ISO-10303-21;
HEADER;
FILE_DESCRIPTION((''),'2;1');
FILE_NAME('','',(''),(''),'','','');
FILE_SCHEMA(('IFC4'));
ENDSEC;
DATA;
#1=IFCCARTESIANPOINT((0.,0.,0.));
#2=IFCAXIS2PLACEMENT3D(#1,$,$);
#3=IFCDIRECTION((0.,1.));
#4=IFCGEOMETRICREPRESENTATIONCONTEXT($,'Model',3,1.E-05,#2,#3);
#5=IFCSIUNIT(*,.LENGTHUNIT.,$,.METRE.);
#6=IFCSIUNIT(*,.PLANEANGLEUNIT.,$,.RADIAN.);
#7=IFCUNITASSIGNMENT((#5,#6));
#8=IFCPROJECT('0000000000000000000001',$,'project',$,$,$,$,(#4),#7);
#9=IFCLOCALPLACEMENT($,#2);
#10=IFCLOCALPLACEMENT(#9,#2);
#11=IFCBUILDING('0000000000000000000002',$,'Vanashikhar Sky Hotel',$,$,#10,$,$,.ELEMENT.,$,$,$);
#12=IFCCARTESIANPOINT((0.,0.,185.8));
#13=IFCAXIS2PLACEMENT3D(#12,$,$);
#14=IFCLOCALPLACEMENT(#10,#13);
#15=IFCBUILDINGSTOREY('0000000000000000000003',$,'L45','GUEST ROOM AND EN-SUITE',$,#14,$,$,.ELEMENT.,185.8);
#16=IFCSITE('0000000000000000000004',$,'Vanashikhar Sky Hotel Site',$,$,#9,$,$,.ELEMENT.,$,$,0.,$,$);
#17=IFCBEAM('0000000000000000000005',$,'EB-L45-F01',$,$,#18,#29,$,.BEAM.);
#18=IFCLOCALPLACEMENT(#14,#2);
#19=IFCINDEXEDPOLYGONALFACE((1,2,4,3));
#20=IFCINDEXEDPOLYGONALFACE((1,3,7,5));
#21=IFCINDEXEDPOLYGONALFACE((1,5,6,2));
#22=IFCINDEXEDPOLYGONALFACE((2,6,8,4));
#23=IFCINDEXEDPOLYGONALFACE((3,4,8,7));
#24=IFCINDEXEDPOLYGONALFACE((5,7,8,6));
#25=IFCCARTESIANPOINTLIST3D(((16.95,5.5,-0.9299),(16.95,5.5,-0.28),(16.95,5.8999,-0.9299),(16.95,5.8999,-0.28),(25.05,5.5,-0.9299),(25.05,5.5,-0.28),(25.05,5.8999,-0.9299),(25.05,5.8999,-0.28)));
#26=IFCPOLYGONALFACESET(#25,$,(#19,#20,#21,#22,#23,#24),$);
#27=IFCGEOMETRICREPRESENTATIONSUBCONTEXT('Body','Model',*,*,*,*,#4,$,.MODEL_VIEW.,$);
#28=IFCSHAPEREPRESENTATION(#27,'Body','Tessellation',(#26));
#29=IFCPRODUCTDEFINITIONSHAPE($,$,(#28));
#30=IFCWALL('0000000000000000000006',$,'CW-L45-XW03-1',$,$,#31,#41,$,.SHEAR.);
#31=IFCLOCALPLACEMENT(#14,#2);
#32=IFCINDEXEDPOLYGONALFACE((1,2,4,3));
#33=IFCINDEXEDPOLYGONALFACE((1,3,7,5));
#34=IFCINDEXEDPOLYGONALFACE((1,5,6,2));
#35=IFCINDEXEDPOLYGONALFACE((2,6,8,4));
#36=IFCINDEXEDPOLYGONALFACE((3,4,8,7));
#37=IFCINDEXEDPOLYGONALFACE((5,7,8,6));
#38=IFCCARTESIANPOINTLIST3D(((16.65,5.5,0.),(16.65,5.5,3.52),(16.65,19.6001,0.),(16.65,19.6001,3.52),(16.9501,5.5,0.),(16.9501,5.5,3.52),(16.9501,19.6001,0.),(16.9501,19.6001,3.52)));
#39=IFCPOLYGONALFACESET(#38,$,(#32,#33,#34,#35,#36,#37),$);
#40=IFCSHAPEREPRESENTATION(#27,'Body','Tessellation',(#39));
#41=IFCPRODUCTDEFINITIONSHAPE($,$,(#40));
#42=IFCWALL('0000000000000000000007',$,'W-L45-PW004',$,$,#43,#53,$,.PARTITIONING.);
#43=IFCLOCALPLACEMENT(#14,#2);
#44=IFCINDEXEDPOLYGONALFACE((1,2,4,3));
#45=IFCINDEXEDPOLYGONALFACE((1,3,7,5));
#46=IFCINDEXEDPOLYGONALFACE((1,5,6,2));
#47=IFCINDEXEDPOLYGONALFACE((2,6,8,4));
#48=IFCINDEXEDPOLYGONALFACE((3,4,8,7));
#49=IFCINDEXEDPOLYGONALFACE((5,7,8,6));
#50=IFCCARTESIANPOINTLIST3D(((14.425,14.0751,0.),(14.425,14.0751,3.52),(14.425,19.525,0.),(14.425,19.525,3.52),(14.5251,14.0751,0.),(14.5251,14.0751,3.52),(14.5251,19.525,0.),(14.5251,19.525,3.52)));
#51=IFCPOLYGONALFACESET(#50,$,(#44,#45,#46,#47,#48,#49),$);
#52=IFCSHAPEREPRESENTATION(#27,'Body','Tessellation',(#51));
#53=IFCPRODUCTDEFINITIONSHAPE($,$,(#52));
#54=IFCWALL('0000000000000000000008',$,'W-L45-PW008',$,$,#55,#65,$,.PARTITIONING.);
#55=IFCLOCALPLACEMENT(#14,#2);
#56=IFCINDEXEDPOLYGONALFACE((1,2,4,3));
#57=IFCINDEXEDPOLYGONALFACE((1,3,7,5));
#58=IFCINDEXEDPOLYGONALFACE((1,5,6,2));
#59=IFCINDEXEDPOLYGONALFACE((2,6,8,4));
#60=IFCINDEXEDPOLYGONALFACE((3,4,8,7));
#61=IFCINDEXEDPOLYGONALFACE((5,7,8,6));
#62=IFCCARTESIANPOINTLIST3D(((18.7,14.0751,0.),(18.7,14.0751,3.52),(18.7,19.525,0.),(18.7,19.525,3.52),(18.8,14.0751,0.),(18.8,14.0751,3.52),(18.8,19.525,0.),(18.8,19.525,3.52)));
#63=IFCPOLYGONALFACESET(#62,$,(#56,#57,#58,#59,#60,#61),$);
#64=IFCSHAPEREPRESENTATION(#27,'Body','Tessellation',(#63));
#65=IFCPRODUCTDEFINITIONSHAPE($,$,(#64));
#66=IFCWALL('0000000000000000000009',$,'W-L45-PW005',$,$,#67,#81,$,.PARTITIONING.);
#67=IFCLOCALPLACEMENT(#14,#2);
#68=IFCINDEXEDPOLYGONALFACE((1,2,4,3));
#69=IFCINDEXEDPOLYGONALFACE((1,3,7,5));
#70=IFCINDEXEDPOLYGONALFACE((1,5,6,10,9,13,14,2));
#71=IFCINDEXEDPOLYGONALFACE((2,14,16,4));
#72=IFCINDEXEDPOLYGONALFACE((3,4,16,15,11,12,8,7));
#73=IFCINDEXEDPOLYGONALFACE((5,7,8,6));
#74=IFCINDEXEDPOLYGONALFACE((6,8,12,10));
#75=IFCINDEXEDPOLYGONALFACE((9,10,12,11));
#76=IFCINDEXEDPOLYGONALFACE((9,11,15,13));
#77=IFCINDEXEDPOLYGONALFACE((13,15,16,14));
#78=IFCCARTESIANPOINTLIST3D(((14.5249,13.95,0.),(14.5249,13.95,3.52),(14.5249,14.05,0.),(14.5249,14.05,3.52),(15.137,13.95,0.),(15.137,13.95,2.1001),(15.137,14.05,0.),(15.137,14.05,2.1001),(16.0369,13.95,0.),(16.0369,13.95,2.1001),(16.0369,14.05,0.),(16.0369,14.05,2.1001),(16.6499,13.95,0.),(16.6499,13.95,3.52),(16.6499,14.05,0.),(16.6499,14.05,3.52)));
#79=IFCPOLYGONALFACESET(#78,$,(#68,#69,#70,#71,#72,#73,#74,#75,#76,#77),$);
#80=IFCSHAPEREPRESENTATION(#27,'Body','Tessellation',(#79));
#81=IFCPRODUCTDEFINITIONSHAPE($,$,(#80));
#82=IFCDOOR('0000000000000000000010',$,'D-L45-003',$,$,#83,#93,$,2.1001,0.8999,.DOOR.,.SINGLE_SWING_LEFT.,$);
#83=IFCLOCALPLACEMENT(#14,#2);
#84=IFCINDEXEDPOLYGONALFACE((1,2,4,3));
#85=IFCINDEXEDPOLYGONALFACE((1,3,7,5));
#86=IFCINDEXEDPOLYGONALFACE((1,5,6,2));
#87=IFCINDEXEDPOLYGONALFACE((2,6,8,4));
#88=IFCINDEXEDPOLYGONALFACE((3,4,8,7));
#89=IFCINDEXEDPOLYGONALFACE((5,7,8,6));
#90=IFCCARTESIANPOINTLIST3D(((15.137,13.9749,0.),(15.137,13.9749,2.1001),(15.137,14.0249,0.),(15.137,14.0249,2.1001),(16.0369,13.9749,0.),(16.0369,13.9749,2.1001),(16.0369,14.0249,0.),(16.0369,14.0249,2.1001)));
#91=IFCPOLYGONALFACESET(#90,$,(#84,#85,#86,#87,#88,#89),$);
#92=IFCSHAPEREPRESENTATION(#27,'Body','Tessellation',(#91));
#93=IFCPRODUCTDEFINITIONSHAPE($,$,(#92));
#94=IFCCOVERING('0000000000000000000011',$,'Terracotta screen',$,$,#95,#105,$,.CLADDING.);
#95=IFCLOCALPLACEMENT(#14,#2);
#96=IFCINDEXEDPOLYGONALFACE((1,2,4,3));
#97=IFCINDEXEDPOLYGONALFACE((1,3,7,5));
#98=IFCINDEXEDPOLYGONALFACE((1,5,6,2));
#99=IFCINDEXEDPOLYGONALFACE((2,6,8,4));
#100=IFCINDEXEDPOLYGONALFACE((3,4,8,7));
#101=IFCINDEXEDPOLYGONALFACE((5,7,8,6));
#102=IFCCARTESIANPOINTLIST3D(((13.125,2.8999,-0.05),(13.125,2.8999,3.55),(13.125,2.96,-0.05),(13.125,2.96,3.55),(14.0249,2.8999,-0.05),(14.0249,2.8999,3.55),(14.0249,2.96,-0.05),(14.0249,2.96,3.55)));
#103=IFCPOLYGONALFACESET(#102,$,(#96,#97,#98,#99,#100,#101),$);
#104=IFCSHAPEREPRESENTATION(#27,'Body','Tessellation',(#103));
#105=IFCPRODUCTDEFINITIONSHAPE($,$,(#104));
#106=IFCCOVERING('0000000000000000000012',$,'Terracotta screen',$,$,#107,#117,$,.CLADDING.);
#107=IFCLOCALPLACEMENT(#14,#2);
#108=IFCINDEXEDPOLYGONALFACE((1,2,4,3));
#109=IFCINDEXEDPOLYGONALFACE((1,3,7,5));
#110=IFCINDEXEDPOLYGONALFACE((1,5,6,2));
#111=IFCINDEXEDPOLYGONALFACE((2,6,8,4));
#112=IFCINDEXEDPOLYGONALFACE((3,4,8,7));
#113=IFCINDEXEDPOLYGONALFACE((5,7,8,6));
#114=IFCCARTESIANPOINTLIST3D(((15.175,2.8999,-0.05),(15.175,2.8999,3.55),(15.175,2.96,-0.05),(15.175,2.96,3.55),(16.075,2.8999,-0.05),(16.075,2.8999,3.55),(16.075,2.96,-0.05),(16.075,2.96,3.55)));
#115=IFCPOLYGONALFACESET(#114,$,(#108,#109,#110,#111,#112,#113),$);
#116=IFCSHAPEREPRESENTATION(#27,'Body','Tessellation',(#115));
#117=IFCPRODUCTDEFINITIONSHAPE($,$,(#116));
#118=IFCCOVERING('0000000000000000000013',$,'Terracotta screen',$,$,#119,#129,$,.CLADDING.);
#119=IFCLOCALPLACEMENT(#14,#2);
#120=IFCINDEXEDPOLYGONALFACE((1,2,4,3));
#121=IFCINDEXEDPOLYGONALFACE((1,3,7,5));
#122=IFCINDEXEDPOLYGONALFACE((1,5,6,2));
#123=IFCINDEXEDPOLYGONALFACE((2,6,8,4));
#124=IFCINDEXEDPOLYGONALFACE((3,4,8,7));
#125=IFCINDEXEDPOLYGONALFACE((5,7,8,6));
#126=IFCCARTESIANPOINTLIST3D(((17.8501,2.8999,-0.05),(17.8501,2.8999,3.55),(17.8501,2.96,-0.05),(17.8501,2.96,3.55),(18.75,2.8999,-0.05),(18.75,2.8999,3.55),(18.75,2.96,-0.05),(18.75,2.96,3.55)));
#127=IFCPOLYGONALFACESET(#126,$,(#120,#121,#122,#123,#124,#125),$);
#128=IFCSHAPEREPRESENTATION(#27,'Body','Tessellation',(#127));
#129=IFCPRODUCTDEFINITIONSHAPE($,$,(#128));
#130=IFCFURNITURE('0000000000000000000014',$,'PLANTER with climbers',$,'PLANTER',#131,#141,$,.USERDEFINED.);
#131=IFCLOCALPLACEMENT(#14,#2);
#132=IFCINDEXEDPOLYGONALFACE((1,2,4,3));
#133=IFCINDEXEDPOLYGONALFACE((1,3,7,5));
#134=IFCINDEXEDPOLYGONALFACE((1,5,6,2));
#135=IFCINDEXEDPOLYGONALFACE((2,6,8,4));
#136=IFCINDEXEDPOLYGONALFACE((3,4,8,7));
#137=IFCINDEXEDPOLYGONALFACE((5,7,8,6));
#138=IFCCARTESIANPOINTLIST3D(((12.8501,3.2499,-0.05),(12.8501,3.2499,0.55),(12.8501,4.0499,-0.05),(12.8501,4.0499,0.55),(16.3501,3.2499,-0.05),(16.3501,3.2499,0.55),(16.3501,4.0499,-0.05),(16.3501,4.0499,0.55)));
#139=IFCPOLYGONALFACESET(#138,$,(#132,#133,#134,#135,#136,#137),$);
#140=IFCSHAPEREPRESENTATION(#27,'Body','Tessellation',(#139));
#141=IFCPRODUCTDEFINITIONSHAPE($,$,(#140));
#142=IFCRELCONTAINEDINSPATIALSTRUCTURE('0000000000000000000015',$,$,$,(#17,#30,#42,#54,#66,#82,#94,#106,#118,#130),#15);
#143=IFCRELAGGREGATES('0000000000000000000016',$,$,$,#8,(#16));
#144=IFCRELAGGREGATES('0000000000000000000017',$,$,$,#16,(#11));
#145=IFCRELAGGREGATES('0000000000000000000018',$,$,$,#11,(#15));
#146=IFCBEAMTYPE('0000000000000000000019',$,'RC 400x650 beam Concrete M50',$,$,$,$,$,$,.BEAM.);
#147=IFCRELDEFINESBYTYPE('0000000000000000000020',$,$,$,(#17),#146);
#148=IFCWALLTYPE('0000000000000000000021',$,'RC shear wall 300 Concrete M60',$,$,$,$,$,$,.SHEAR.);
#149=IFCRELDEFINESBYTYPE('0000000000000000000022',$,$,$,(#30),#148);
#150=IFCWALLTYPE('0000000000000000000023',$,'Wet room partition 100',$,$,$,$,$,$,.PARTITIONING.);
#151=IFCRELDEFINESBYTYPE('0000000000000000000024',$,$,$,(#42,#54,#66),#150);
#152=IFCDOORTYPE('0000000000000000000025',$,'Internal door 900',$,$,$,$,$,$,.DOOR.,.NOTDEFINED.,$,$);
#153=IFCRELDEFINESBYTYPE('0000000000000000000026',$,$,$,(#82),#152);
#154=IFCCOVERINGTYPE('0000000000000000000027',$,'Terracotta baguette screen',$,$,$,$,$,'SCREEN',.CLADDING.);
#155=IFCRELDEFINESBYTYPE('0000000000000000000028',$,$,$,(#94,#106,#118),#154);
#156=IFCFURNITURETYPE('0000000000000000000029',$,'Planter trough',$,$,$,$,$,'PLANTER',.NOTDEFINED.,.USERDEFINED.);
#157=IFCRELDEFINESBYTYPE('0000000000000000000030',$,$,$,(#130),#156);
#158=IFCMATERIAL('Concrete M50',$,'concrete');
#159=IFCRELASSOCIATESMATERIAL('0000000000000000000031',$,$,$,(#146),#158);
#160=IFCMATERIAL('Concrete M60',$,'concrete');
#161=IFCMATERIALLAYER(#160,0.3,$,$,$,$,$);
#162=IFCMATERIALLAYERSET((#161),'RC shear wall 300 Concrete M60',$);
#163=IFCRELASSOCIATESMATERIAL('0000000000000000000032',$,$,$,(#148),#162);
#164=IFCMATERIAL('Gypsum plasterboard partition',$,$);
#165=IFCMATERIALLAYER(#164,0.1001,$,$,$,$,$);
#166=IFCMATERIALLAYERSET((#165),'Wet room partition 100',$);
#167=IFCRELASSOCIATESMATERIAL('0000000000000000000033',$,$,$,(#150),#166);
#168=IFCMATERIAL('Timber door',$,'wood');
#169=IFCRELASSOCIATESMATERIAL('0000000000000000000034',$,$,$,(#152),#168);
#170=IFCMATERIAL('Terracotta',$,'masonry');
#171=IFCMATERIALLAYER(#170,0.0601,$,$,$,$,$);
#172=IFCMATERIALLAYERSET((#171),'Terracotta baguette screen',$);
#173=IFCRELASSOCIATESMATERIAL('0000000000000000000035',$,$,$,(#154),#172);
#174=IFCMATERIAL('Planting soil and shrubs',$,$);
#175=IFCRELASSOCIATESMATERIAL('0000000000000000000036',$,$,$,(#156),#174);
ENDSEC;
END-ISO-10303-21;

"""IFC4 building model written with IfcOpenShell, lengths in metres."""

from ifc_helpers import new_model, si_unit, direction, frame, frame_2d, origin, origin_2d, place, context, subcontext, project, spatial, rectangle, extrude, source, transform, mapped, material, layer, layer_set, material_profile, profile_set, type_object, element, fill, save


model = new_model("IFC4")

# Units and contexts
model_context = context("Model", 3, precision=1e-05, world=origin(), true_north=direction((0.0, 1.0)))
body_context = subcontext(model_context, "Body", "Model", "MODEL_VIEW")
ifc_project = project(units=[si_unit("LENGTHUNIT", "METRE"), si_unit("PLANEANGLEUNIT", "RADIAN")], contexts=[model_context])

# Site, building, storey
site_placement = place(None, origin())
site = spatial("IfcSite", under=ifc_project, at=site_placement, Name="Vanashikhar Sky Hotel Site", CompositionType="ELEMENT", RefElevation=0.0)
building_placement = place(site_placement, origin())
building = spatial("IfcBuilding", under=site, at=building_placement, Name="Vanashikhar Sky Hotel", CompositionType="ELEMENT")
storey_placement = place(building_placement, frame((0.0, 0.0, 185.8)))
storey = spatial("IfcBuildingStorey", under=building, at=storey_placement, Name="L45", Description="GUEST ROOM AND EN-SUITE", CompositionType="ELEMENT", Elevation=185.8)

# Beam
ifc_material_1 = material(Name="Concrete M50", Category="concrete")
ifc_material_profile = material_profile(ifc_material_1, rectangle(XDim=0.3999, YDim=0.6499, at=origin_2d()))
ifc_profile_set = profile_set([ifc_material_profile], Name="RC 400x650 beam Concrete M50")
beam_type = type_object("IfcBeamType", Name="RC 400x650 beam Concrete M50", PredefinedType="BEAM", material=ifc_profile_set)
shared_shape_1 = source(origin(), body_context, "Body", "SweptSolid", [
    extrude(rectangle(XDim=0.3999, YDim=0.6499, at=origin_2d()), origin(), (0.0, 0.0, 1.0), 8.1001),
])
beam_placement = place(storey_placement, frame((16.95, 5.7, -0.605), z_axis=(1.0, 0.0, 0.0), x_axis=(0.0, 1.0, 0.0)))
element("IfcBeam", 1, at=beam_placement, inside=storey, type_object=beam_type, Name="EB-L45-F01", PredefinedType="BEAM", context=body_context, shape_type="MappedRepresentation", body=[
    mapped(shared_shape_1, transform((0.0, 0.0, 0.0), scale=1.0)),
])

# Wall
ifc_material_2 = material(Name="Concrete M60", Category="concrete")
ifc_layer_1 = layer(ifc_material_2, 0.3)
ifc_layer_set_1 = layer_set([ifc_layer_1], Name="RC shear wall 300 Concrete M60")
wall_type_1 = type_object("IfcWallType", Name="RC shear wall 300 Concrete M60", PredefinedType="SHEAR", material=ifc_layer_set_1)
shared_shape_2 = source(origin(), body_context, "Body", "SweptSolid", [
    extrude(rectangle(XDim=14.1001, YDim=0.3, at=frame_2d((7.05, 0.0))), origin(), (0.0, 0.0, 1.0), 3.52),
])
wall_1_placement = place(storey_placement, frame((16.8, 5.5, 0.0), z_axis=(0.0, 0.0, 1.0), x_axis=(0.0, 1.0, 0.0)))
element("IfcWall", 2, at=wall_1_placement, inside=storey, type_object=wall_type_1, Name="CW-L45-XW03-1", PredefinedType="SHEAR", context=body_context, shape_type="MappedRepresentation", body=[
    mapped(shared_shape_2, transform((0.0, 0.0, 0.0), scale=1.0)),
])

# Walls
ifc_material_3 = material(Name="Gypsum plasterboard partition")
ifc_layer_2 = layer(ifc_material_3, 0.1001)
ifc_layer_set_2 = layer_set([ifc_layer_2], Name="Wet room partition 100")
wall_type_2 = type_object("IfcWallType", Name="Wet room partition 100", PredefinedType="PARTITIONING", material=ifc_layer_set_2)
shared_shape_3 = source(origin(), body_context, "Body", "SweptSolid", [
    extrude(rectangle(XDim=5.45, YDim=0.1001, at=frame_2d((2.7251, 0.0))), origin(), (0.0, 0.0, 1.0), 3.52),
])
for number, where, z_axis, x_axis, name in (
    (3, (14.4751, 14.075, 0.0), (0.0, 0.0, 1.0), (0.0, 1.0, 0.0), "W-L45-PW004"),
    (4, (18.75, 14.075, 0.0), (0.0, 0.0, 1.0), (0.0, 1.0, 0.0), "W-L45-PW008"),
):
    element("IfcWall", number, at=place(storey_placement, frame(where, z_axis=z_axis, x_axis=x_axis)), inside=storey, type_object=wall_type_2, Name=name, PredefinedType="PARTITIONING", context=body_context, shape_type="MappedRepresentation", body=[
        mapped(shared_shape_3, transform((0.0, 0.0, 0.0), scale=1.0)),
    ])

# Wall, opening, door
shared_shape_4 = source(origin(), body_context, "Body", "SweptSolid", [
    extrude(rectangle(XDim=2.125, YDim=0.1001, at=frame_2d((1.0625, 0.0))), origin(), (0.0, 0.0, 1.0), 3.52),
])
wall_2_placement = place(storey_placement, frame((14.5249, 14.0, 0.0), z_axis=(0.0, 0.0, 1.0), x_axis=(1.0, 0.0, 0.0)))
wall_2 = element("IfcWall", 5, at=wall_2_placement, inside=storey, type_object=wall_type_2, Name="W-L45-PW005", PredefinedType="PARTITIONING", context=body_context, shape_type="MappedRepresentation", body=[
    mapped(shared_shape_4, transform((0.0, 0.0, 0.0), scale=1.0)),
])
shared_shape_5 = source(origin(), body_context, "Body", "SweptSolid", [
    extrude(rectangle(XDim=0.8999, YDim=2.1001, at=frame_2d((0.45, 1.05))), frame((0.0, 0.0601, 0.0), z_axis=(0.0, -1.0, 0.0), x_axis=(1.0, 0.0, 0.0)), (0.0, 0.0, 1.0), 0.1201),
])
opening_1_placement = place(wall_2_placement, frame((0.6121, 0.0, 0.0)))
opening_1 = element("IfcOpeningElement", 6, at=opening_1_placement, cuts=wall_2, PredefinedType="OPENING", context=body_context, shape_type="MappedRepresentation", body=[
    mapped(shared_shape_5, transform((0.0, 0.0, 0.0), scale=1.0)),
])
ifc_material_4 = material(Name="Timber door", Category="wood")
door_type_1 = type_object("IfcDoorType", Name="Internal door 900", OperationType="NOTDEFINED", PredefinedType="DOOR", material=ifc_material_4)
shared_shape_6 = source(origin(), body_context, "Body", "SweptSolid", [
    extrude(rectangle(XDim=0.8999, YDim=2.1001, at=frame_2d((0.45, 1.05))), frame((0.0, 0.0249, 0.0), z_axis=(0.0, -1.0, 0.0), x_axis=(1.0, 0.0, 0.0)), (0.0, 0.0, 1.0), 0.05),
])
door_1_placement = place(opening_1_placement, origin())
door_1 = element("IfcDoor", 7, at=door_1_placement, inside=storey, type_object=door_type_1, Name="D-L45-003", OperationType="SINGLE_SWING_LEFT", OverallHeight=2.1001, OverallWidth=0.8999, PredefinedType="DOOR", context=body_context, shape_type="MappedRepresentation", body=[
    mapped(shared_shape_6, transform((0.0, 0.0, 0.0), scale=1.0)),
])
fill(opening_1, door_1)

# Coverings
ifc_material_5 = material(Name="Terracotta", Category="masonry")
ifc_layer_3 = layer(ifc_material_5, 0.0601)
ifc_layer_set_3 = layer_set([ifc_layer_3], Name="Terracotta baguette screen")
covering_type = type_object("IfcCoveringType", Name="Terracotta baguette screen", ElementType="SCREEN", PredefinedType="CLADDING", material=ifc_layer_set_3)
shared_shape_7 = source(origin(), body_context, "Body", "SweptSolid", [
    extrude(rectangle(XDim=0.8999, YDim=0.0601, at=origin_2d()), origin(), (0.0, 0.0, 1.0), 3.6001),
])
for number, where, z_axis, x_axis, name in (
    (8, (13.575, 2.9299, -0.05), (0.0, 0.0, 1.0), (1.0, 0.0, 0.0), "Terracotta screen"),
    (9, (15.625, 2.9299, -0.05), (0.0, 0.0, 1.0), (1.0, 0.0, 0.0), "Terracotta screen"),
    (10, (18.3, 2.9299, -0.05), (0.0, 0.0, 1.0), (1.0, 0.0, 0.0), "Terracotta screen"),
):
    element("IfcCovering", number, at=place(storey_placement, frame(where, z_axis=z_axis, x_axis=x_axis)), inside=storey, type_object=covering_type, Name=name, PredefinedType="CLADDING", context=body_context, shape_type="MappedRepresentation", body=[
        mapped(shared_shape_7, transform((0.0, 0.0, 0.0), scale=1.0)),
    ])

# Furniture
ifc_material_6 = material(Name="Planting soil and shrubs")
furniture_type = type_object("IfcFurnitureType", Name="Planter trough", ElementType="PLANTER", AssemblyPlace="NOTDEFINED", PredefinedType="USERDEFINED", material=ifc_material_6)
shared_shape_8 = source(origin(), body_context, "Body", "SweptSolid", [
    extrude(rectangle(XDim=3.5, YDim=0.8, at=origin_2d()), origin(), (0.0, 0.0, 1.0), 0.6001),
])
furniture_placement = place(storey_placement, frame((14.6001, 3.6499, -0.05), z_axis=(0.0, 0.0, 1.0), x_axis=(1.0, 0.0, 0.0)))
element("IfcFurniture", 11, at=furniture_placement, inside=storey, type_object=furniture_type, Name="PLANTER with climbers", ObjectType="PLANTER", PredefinedType="USERDEFINED", context=body_context, shape_type="MappedRepresentation", body=[
    mapped(shared_shape_8, transform((0.0, 0.0, 0.0), scale=1.0)),
])

save(model, "model.ifc")
